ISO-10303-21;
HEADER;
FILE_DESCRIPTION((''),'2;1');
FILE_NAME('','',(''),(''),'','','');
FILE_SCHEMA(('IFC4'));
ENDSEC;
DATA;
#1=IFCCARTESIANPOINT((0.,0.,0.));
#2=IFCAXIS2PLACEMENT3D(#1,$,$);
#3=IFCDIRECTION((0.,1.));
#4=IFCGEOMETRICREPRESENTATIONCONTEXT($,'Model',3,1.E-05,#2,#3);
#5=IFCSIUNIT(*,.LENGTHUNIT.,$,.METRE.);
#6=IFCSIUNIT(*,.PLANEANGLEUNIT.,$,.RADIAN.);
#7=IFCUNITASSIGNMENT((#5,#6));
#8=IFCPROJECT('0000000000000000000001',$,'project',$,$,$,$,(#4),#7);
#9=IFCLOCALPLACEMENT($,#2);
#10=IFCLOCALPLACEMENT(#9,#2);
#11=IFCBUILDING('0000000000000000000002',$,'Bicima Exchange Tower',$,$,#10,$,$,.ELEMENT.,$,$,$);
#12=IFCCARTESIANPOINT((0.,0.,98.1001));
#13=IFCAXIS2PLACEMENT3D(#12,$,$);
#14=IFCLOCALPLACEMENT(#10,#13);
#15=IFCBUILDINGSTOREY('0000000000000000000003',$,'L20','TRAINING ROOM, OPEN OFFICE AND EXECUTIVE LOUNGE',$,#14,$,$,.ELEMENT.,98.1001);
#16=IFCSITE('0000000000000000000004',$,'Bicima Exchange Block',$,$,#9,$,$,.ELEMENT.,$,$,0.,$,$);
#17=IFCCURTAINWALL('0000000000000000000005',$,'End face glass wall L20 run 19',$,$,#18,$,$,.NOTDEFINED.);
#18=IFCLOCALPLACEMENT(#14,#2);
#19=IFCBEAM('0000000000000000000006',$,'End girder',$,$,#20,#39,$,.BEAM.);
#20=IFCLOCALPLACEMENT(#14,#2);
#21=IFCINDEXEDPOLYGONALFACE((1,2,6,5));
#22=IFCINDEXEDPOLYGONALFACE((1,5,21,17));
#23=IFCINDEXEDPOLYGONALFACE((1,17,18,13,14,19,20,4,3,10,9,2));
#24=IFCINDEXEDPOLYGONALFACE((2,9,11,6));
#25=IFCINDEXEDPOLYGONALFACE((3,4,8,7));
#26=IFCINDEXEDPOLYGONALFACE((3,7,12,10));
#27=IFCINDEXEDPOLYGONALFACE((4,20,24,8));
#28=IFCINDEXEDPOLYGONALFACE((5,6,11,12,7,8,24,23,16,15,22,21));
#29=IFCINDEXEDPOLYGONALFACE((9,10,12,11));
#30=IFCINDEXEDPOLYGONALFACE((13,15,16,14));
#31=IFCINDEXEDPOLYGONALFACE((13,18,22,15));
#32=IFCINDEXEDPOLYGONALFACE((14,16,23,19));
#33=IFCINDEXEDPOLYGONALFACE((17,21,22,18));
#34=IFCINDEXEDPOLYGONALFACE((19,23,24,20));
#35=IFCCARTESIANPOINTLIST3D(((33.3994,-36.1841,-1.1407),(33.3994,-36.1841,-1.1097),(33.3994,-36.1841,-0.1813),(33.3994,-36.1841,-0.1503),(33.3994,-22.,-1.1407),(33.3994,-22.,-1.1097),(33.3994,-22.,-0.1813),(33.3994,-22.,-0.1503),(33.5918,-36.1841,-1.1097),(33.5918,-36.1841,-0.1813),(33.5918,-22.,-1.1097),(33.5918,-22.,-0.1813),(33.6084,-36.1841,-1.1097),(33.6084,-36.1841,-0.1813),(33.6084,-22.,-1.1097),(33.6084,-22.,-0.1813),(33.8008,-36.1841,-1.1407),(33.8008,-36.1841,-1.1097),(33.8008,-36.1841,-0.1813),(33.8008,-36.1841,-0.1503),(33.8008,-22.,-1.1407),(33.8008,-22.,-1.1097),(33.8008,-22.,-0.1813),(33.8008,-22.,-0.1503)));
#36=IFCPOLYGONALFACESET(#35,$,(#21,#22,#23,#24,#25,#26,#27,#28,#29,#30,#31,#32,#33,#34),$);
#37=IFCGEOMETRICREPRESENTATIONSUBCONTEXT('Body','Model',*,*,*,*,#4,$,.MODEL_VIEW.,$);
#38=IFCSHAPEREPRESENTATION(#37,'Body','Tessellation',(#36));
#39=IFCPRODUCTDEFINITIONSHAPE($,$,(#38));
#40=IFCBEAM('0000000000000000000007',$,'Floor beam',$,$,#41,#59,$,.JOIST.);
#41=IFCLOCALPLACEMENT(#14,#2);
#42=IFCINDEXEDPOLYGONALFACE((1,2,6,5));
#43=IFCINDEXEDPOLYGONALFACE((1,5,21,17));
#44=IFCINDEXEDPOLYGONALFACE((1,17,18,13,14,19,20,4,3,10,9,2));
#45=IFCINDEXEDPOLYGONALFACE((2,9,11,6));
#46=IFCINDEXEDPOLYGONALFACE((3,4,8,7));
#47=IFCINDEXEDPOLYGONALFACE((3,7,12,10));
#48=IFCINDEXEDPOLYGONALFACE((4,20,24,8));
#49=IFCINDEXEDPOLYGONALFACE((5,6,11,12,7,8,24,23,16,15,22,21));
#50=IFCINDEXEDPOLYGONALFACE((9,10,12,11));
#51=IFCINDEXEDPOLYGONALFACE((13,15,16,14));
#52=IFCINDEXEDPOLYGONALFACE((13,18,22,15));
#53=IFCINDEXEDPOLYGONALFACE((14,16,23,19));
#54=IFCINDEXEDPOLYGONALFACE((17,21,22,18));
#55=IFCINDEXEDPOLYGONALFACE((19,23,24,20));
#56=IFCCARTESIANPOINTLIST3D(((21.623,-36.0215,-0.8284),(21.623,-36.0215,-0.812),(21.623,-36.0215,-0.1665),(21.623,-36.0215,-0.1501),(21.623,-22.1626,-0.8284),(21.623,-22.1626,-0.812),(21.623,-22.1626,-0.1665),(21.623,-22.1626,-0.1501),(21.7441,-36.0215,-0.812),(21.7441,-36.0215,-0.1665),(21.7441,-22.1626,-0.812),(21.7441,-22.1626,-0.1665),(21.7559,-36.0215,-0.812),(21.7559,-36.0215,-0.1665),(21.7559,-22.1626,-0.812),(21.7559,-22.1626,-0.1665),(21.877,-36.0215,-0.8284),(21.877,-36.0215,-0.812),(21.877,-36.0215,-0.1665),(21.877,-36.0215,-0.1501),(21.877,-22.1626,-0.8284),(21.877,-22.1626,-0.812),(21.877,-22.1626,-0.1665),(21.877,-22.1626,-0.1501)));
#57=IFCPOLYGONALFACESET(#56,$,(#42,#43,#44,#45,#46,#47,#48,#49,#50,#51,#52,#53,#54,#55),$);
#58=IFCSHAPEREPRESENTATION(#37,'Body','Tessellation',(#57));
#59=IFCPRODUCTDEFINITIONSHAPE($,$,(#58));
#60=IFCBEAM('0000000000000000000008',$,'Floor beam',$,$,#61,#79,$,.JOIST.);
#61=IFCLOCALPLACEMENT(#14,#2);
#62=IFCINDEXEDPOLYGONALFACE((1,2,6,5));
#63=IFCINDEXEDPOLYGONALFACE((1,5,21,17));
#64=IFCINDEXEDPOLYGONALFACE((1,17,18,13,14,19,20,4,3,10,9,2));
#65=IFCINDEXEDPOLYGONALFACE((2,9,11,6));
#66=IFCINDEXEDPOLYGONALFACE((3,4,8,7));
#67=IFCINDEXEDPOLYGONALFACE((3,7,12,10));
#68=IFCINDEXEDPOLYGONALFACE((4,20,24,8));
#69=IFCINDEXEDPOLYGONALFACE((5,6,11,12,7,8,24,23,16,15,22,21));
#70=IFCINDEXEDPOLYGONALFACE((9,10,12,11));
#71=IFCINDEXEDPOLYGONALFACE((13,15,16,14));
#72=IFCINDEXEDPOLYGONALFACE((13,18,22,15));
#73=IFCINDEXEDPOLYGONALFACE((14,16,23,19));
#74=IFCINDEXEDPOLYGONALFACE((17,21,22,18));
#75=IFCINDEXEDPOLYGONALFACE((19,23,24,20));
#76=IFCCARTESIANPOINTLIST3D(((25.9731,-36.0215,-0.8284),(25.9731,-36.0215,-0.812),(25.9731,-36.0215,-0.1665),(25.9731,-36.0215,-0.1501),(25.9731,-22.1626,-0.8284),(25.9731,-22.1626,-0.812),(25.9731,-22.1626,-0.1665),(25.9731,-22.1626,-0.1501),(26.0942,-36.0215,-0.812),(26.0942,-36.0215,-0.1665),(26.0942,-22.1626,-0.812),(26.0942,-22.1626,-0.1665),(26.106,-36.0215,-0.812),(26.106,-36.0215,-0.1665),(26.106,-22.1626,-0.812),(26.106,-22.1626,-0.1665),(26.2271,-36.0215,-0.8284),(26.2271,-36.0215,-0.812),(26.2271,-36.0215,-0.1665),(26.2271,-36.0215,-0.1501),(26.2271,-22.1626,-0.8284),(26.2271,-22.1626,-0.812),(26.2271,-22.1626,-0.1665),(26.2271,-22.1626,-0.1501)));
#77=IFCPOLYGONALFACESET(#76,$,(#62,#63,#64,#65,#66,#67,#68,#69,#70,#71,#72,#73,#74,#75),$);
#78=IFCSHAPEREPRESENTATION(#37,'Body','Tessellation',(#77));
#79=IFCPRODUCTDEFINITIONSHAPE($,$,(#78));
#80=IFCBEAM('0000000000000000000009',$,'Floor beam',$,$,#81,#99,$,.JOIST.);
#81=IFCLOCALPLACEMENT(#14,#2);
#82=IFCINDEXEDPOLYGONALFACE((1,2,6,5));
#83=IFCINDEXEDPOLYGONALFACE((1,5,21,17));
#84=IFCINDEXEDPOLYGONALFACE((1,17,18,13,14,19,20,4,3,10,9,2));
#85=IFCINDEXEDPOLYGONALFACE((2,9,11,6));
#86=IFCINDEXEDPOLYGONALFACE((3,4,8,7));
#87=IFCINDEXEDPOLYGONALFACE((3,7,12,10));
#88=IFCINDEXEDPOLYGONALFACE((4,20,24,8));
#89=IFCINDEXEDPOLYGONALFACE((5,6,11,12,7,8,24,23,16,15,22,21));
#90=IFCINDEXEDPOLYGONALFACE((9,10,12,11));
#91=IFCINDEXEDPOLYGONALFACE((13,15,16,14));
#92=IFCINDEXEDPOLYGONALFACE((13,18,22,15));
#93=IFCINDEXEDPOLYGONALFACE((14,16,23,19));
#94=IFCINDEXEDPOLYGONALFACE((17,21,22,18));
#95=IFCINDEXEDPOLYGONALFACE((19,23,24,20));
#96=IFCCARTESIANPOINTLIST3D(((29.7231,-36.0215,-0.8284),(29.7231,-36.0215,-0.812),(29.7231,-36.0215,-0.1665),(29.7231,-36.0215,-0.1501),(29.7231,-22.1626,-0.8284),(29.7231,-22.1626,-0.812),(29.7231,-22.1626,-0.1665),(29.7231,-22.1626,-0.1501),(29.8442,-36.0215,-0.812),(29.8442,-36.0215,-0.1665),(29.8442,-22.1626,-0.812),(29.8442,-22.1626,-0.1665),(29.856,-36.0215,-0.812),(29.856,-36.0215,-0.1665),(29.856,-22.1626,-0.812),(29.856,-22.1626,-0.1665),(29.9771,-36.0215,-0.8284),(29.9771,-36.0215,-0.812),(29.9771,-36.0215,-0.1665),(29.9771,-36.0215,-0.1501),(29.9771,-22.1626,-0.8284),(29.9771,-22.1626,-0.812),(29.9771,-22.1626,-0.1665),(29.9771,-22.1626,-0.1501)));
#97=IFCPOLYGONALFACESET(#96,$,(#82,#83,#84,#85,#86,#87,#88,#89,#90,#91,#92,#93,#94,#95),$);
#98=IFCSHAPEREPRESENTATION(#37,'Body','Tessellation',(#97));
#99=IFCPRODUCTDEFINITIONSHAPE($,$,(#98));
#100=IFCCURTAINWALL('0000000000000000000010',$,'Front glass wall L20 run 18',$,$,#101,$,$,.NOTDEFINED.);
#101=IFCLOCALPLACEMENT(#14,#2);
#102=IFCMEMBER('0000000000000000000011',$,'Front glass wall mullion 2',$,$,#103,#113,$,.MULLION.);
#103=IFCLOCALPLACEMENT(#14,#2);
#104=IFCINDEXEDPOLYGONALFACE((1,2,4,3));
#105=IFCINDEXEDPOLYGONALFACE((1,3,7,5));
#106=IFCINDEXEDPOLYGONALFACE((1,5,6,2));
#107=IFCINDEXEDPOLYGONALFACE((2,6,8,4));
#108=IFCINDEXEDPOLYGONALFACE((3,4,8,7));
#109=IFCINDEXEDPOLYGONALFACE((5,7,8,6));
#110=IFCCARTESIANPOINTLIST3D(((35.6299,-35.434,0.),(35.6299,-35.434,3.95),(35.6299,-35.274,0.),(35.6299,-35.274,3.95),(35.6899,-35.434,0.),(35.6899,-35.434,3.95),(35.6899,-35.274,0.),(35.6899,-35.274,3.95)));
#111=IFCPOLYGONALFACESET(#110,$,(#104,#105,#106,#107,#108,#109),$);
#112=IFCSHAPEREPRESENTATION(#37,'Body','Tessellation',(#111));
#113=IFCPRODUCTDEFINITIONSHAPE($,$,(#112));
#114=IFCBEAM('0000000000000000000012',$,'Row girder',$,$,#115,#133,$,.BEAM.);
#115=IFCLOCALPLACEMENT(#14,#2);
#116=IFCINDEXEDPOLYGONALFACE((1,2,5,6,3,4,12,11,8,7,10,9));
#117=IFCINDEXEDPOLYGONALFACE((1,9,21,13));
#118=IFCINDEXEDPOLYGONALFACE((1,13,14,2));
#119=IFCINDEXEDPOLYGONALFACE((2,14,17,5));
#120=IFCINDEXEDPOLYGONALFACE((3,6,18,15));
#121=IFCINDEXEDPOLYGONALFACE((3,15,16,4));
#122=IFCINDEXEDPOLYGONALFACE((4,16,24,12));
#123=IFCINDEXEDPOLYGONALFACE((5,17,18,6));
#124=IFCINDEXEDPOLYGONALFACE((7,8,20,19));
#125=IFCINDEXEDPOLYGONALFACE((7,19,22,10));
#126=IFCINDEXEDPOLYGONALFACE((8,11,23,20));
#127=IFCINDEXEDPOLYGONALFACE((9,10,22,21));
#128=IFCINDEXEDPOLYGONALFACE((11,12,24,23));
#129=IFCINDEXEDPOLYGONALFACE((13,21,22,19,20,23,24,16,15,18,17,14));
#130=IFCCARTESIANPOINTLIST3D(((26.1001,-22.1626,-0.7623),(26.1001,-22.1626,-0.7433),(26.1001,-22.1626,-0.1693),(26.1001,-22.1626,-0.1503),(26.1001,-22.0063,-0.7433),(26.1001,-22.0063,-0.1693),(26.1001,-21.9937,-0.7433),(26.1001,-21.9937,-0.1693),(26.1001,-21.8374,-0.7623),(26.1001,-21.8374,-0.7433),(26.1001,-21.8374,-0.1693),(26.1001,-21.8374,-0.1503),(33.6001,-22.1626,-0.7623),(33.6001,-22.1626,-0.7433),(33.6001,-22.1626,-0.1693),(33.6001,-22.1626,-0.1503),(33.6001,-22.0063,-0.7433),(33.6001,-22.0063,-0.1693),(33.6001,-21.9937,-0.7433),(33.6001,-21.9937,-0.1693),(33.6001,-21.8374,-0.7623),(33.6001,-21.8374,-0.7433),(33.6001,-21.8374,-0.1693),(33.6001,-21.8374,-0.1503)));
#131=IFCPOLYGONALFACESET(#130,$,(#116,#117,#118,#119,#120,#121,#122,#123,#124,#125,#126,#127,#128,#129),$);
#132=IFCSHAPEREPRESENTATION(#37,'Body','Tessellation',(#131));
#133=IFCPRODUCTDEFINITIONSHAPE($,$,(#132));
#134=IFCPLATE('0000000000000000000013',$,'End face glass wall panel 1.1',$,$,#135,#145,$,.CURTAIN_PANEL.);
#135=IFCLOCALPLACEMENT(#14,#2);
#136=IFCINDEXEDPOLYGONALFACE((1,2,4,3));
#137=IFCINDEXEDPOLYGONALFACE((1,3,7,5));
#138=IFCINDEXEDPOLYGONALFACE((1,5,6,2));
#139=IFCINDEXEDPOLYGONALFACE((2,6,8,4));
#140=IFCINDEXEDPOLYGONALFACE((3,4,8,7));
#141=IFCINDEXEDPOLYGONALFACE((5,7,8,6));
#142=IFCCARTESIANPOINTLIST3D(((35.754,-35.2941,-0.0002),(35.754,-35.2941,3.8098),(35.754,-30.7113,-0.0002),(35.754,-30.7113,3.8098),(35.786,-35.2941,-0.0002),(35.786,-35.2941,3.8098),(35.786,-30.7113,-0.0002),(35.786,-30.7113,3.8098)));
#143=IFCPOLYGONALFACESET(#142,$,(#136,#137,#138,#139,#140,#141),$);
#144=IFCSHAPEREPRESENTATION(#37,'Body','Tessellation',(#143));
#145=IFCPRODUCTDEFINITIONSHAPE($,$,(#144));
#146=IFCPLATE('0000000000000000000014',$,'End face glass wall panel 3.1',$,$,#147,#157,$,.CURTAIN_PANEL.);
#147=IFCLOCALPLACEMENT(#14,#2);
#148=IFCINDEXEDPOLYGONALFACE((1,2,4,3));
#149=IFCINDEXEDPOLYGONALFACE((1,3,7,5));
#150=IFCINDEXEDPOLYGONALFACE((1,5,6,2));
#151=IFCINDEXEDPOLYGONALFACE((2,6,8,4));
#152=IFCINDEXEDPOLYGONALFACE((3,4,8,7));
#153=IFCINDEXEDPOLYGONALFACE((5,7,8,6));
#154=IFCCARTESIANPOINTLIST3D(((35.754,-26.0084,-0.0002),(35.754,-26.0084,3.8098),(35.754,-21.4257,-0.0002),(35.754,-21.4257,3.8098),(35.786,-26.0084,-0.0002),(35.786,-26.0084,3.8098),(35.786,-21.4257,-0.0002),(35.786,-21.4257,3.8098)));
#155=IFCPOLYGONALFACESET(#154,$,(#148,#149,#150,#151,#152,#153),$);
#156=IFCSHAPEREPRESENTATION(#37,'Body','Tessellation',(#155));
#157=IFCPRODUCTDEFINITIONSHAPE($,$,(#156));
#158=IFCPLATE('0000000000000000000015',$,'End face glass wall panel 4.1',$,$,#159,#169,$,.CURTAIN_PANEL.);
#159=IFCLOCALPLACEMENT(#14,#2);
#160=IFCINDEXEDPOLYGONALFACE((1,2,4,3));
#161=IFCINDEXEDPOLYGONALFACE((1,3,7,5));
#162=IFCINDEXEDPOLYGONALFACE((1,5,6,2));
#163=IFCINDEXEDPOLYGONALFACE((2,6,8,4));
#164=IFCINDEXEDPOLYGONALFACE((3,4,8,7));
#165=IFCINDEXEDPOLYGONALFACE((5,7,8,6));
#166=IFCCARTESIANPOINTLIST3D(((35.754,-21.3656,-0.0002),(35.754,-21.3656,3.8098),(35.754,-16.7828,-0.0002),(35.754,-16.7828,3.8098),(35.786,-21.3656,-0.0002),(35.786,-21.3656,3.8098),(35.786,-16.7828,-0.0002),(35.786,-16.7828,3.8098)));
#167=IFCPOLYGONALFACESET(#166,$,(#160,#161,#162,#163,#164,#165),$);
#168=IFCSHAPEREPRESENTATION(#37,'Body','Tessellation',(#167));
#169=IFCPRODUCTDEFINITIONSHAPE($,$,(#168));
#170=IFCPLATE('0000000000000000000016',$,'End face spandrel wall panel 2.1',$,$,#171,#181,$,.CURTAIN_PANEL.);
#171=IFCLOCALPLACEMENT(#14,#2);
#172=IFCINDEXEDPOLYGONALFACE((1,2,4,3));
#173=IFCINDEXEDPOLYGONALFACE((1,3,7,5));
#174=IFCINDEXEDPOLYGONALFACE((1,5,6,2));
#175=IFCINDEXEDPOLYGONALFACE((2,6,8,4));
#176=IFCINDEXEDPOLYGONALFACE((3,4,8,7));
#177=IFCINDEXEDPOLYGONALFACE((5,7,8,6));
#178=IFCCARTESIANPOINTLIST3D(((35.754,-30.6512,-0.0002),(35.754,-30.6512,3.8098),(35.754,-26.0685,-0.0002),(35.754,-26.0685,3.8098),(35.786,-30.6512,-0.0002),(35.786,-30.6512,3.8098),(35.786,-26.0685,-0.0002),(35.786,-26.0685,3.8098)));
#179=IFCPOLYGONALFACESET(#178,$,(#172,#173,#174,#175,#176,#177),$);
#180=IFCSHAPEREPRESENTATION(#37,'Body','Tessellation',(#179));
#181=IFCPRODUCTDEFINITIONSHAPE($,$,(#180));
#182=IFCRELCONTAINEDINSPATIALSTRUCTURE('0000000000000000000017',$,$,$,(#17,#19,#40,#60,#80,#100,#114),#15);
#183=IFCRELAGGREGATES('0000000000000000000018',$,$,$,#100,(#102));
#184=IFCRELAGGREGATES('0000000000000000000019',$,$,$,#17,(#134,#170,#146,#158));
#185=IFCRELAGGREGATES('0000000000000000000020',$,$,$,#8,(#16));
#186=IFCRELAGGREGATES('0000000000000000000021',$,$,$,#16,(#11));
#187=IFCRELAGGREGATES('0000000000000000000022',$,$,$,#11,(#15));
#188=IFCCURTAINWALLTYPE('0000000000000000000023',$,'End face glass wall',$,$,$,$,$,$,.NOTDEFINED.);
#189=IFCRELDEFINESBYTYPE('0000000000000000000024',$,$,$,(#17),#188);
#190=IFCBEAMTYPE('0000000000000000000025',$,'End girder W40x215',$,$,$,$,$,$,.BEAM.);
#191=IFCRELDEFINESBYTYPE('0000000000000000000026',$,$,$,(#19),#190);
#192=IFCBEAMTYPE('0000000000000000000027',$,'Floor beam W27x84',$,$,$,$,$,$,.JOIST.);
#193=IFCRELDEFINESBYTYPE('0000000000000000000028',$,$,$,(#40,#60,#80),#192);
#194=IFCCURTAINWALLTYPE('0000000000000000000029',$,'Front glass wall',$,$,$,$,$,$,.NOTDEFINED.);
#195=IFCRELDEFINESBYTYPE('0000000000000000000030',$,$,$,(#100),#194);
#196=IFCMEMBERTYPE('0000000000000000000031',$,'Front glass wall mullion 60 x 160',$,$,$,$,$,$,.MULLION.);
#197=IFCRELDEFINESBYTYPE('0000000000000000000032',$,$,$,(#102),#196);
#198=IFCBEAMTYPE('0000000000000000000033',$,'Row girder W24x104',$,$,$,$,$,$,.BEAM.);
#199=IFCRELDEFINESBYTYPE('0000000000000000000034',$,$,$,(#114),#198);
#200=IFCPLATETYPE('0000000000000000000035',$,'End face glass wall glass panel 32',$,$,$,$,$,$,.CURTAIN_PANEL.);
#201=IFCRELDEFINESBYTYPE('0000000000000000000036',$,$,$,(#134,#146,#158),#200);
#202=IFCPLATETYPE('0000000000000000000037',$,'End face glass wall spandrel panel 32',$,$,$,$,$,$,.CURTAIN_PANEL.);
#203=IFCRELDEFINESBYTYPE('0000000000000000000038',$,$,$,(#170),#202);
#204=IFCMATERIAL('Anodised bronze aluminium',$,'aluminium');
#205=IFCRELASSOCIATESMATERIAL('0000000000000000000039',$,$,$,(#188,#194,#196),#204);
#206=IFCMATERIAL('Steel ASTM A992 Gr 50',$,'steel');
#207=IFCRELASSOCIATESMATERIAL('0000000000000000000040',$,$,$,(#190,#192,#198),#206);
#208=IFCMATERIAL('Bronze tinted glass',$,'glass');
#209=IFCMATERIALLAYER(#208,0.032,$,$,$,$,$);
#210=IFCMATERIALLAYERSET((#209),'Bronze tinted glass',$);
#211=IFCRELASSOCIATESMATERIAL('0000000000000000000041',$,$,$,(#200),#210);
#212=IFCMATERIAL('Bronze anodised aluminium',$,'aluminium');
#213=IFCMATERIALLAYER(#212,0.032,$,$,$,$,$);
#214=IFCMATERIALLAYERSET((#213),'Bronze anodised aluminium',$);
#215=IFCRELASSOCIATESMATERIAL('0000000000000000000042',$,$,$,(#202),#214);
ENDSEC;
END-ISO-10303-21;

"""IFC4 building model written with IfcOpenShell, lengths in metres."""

from ifc_helpers import new_model, si_unit, direction, frame, origin, origin_2d, place, context, subcontext, project, spatial, rectangle, i_section, extrude, material, layer, layer_set, material_profile, profile_set, type_object, element, aggregate, save


model = new_model("IFC4")

# Units and contexts
model_context = context("Model", 3, precision=1e-05, world=origin(), true_north=direction((0.0, 1.0)))
body_context = subcontext(model_context, "Body", "Model", "MODEL_VIEW")
ifc_project = project(units=[si_unit("LENGTHUNIT", "METRE"), si_unit("PLANEANGLEUNIT", "RADIAN")], contexts=[model_context])

# Site, building, storey
site_placement = place(None, origin())
site = spatial("IfcSite", under=ifc_project, at=site_placement, Name="Bicima Exchange Block", CompositionType="ELEMENT", RefElevation=0.0)
building_placement = place(site_placement, origin())
building = spatial("IfcBuilding", under=site, at=building_placement, Name="Bicima Exchange Tower", CompositionType="ELEMENT")
storey_placement = place(building_placement, frame((0.0, 0.0, 98.1001)))
storey = spatial("IfcBuildingStorey", under=building, at=storey_placement, Name="L20", Description="TRAINING ROOM, OPEN OFFICE AND EXECUTIVE LOUNGE", CompositionType="ELEMENT", Elevation=98.1001)

# Shared definitions
ifc_material_1 = material(Name="Steel ASTM A992 Gr 50", Category="steel")

# Curtain wall
ifc_material_2 = material(Name="Anodised bronze aluminium", Category="aluminium")
curtain_wall_type_1 = type_object("IfcCurtainWallType", Name="End face glass wall", PredefinedType="NOTDEFINED", material=ifc_material_2)
curtain_wall_1_placement = place(storey_placement, origin())
curtain_wall_1 = element("IfcCurtainWall", 1, at=curtain_wall_1_placement, inside=storey, type_object=curtain_wall_type_1, Name="End face glass wall L20 run 19", PredefinedType="NOTDEFINED")
ifc_material_profile_1 = material_profile(ifc_material_2, rectangle(XDim=0.1599, YDim=0.0601, at=origin_2d()))
ifc_profile_set_1 = profile_set([ifc_material_profile_1], Name="Anodised bronze aluminium")

# Beams
ifc_material_profile_2 = material_profile(ifc_material_1, i_section(OverallWidth=0.4014, OverallDepth=0.9905, WebThickness=0.0166, FlangeThickness=0.031, at=origin_2d()))
ifc_profile_set_2 = profile_set([ifc_material_profile_2], Name="Steel ASTM A992 Gr 50")
beam_type_1 = type_object("IfcBeamType", Name="End girder W40x215", PredefinedType="BEAM", material=ifc_profile_set_2)
beam_1_placement = place(storey_placement, frame((33.6001, -22.0, -0.6455), z_axis=(0.0, -1.0, 0.0), x_axis=(1.0, 0.0, 0.0)))
element("IfcBeam", 2, at=beam_1_placement, inside=storey, type_object=beam_type_1, Name="End girder", PredefinedType="BEAM", context=body_context, shape_type="SweptSolid", body=[
    extrude(i_section(OverallWidth=0.4014, OverallDepth=0.9905, WebThickness=0.0166, FlangeThickness=0.031, at=origin_2d()), origin(), (0.0, 0.0, 1.0), 14.1841),
])
ifc_material_profile_3 = material_profile(ifc_material_1, i_section(OverallWidth=0.2539, OverallDepth=0.6782, WebThickness=0.0117, FlangeThickness=0.0164, at=origin_2d()))
ifc_profile_set_3 = profile_set([ifc_material_profile_3], Name="Steel ASTM A992 Gr 50")
beam_type_2 = type_object("IfcBeamType", Name="Floor beam W27x84", PredefinedType="JOIST", material=ifc_profile_set_3)
for number, where, z_axis, x_axis, name in (
    (3, (21.75, -22.1626, -0.4893), (0.0, -1.0, 0.0), (1.0, 0.0, 0.0), "Floor beam"),
    (4, (26.1001, -22.1626, -0.4893), (0.0, -1.0, 0.0), (1.0, 0.0, 0.0), "Floor beam"),
    (5, (29.8501, -22.1626, -0.4893), (0.0, -1.0, 0.0), (1.0, 0.0, 0.0), "Floor beam"),
):
    element("IfcBeam", number, at=place(storey_placement, frame(where, z_axis=z_axis, x_axis=x_axis)), inside=storey, type_object=beam_type_2, Name=name, PredefinedType="JOIST", context=body_context, shape_type="SweptSolid", body=[
        extrude(i_section(OverallWidth=0.2539, OverallDepth=0.6782, WebThickness=0.0117, FlangeThickness=0.0164, at=origin_2d()), origin(), (0.0, 0.0, 1.0), 13.8589),
    ])

# Curtain wall, member
curtain_wall_type_2 = type_object("IfcCurtainWallType", Name="Front glass wall", PredefinedType="NOTDEFINED", material=ifc_material_2)
curtain_wall_2_placement = place(storey_placement, origin())
curtain_wall_2 = element("IfcCurtainWall", 6, at=curtain_wall_2_placement, inside=storey, type_object=curtain_wall_type_2, Name="Front glass wall L20 run 18", PredefinedType="NOTDEFINED")
member_type_1 = type_object("IfcMemberType", Name="Front glass wall mullion 60 x 160", PredefinedType="MULLION", material=ifc_profile_set_1)
member_1_placement = place(storey_placement, frame((35.6599, -35.354, 0.0), z_axis=(0.0, 0.0, 1.0), x_axis=(0.0, 1.0, 0.0)))
member_1 = element("IfcMember", 7, at=member_1_placement, type_object=member_type_1, Name="Front glass wall mullion 2", PredefinedType="MULLION", context=body_context, shape_type="SweptSolid", body=[
    extrude(rectangle(XDim=0.1599, YDim=0.0601, at=origin_2d()), origin(), (0.0, 0.0, 1.0), 3.95),
])
aggregate(curtain_wall_2, [member_1])

# Beam
ifc_material_profile_4 = material_profile(ifc_material_1, i_section(OverallWidth=0.3252, OverallDepth=0.6121, WebThickness=0.0127, FlangeThickness=0.019, at=origin_2d()))
ifc_profile_set_4 = profile_set([ifc_material_profile_4], Name="Steel ASTM A992 Gr 50")
beam_type_3 = type_object("IfcBeamType", Name="Row girder W24x104", PredefinedType="BEAM", material=ifc_profile_set_4)
beam_2_placement = place(storey_placement, frame((26.1001, -22.0, -0.4563), z_axis=(1.0, 0.0, 0.0), x_axis=(0.0, 1.0, 0.0)))
element("IfcBeam", 8, at=beam_2_placement, inside=storey, type_object=beam_type_3, Name="Row girder", PredefinedType="BEAM", context=body_context, shape_type="SweptSolid", body=[
    extrude(i_section(OverallWidth=0.3252, OverallDepth=0.6121, WebThickness=0.0127, FlangeThickness=0.019, at=origin_2d()), origin(), (0.0, 0.0, 1.0), 7.5),
])

# Plates
ifc_material_3 = material(Name="Bronze tinted glass", Category="glass")
ifc_layer_1 = layer(ifc_material_3, 0.032)
ifc_layer_set_1 = layer_set([ifc_layer_1], Name="Bronze tinted glass")
plate_type_1 = type_object("IfcPlateType", Name="End face glass wall glass panel 32", PredefinedType="CURTAIN_PANEL", material=ifc_layer_set_1)
plate_1_placement = place(storey_placement, frame((35.77, -33.0027, -0.0002), z_axis=(0.0, 0.0, 1.0), x_axis=(0.0, 1.0, 0.0)))
plate_1 = element("IfcPlate", 9, at=plate_1_placement, type_object=plate_type_1, Name="End face glass wall panel 1.1", PredefinedType="CURTAIN_PANEL", context=body_context, shape_type="SweptSolid", body=[
    extrude(rectangle(XDim=4.5828, YDim=0.032, at=origin_2d()), origin(), (0.0, 0.0, 1.0), 3.8101),
])
plate_2_placement = place(storey_placement, frame((35.77, -23.717, -0.0002), z_axis=(0.0, 0.0, 1.0), x_axis=(0.0, 1.0, 0.0)))
plate_2 = element("IfcPlate", 10, at=plate_2_placement, type_object=plate_type_1, Name="End face glass wall panel 3.1", PredefinedType="CURTAIN_PANEL", context=body_context, shape_type="SweptSolid", body=[
    extrude(rectangle(XDim=4.5828, YDim=0.032, at=origin_2d()), origin(), (0.0, 0.0, 1.0), 3.8101),
])
plate_3_placement = place(storey_placement, frame((35.77, -19.0742, -0.0002), z_axis=(0.0, 0.0, 1.0), x_axis=(0.0, 1.0, 0.0)))
plate_3 = element("IfcPlate", 11, at=plate_3_placement, type_object=plate_type_1, Name="End face glass wall panel 4.1", PredefinedType="CURTAIN_PANEL", context=body_context, shape_type="SweptSolid", body=[
    extrude(rectangle(XDim=4.5828, YDim=0.032, at=origin_2d()), origin(), (0.0, 0.0, 1.0), 3.8101),
])
ifc_material_4 = material(Name="Bronze anodised aluminium", Category="aluminium")
ifc_layer_2 = layer(ifc_material_4, 0.032)
ifc_layer_set_2 = layer_set([ifc_layer_2], Name="Bronze anodised aluminium")
plate_type_2 = type_object("IfcPlateType", Name="End face glass wall spandrel panel 32", PredefinedType="CURTAIN_PANEL", material=ifc_layer_set_2)
plate_4_placement = place(storey_placement, frame((35.77, -28.3599, -0.0002), z_axis=(0.0, 0.0, 1.0), x_axis=(0.0, 1.0, 0.0)))
plate_4 = element("IfcPlate", 12, at=plate_4_placement, type_object=plate_type_2, Name="End face spandrel wall panel 2.1", PredefinedType="CURTAIN_PANEL", context=body_context, shape_type="SweptSolid", body=[
    extrude(rectangle(XDim=4.5828, YDim=0.032, at=origin_2d()), origin(), (0.0, 0.0, 1.0), 3.8101),
])
aggregate(curtain_wall_1, [plate_1, plate_4, plate_2, plate_3])

save(model, "model.ifc")
